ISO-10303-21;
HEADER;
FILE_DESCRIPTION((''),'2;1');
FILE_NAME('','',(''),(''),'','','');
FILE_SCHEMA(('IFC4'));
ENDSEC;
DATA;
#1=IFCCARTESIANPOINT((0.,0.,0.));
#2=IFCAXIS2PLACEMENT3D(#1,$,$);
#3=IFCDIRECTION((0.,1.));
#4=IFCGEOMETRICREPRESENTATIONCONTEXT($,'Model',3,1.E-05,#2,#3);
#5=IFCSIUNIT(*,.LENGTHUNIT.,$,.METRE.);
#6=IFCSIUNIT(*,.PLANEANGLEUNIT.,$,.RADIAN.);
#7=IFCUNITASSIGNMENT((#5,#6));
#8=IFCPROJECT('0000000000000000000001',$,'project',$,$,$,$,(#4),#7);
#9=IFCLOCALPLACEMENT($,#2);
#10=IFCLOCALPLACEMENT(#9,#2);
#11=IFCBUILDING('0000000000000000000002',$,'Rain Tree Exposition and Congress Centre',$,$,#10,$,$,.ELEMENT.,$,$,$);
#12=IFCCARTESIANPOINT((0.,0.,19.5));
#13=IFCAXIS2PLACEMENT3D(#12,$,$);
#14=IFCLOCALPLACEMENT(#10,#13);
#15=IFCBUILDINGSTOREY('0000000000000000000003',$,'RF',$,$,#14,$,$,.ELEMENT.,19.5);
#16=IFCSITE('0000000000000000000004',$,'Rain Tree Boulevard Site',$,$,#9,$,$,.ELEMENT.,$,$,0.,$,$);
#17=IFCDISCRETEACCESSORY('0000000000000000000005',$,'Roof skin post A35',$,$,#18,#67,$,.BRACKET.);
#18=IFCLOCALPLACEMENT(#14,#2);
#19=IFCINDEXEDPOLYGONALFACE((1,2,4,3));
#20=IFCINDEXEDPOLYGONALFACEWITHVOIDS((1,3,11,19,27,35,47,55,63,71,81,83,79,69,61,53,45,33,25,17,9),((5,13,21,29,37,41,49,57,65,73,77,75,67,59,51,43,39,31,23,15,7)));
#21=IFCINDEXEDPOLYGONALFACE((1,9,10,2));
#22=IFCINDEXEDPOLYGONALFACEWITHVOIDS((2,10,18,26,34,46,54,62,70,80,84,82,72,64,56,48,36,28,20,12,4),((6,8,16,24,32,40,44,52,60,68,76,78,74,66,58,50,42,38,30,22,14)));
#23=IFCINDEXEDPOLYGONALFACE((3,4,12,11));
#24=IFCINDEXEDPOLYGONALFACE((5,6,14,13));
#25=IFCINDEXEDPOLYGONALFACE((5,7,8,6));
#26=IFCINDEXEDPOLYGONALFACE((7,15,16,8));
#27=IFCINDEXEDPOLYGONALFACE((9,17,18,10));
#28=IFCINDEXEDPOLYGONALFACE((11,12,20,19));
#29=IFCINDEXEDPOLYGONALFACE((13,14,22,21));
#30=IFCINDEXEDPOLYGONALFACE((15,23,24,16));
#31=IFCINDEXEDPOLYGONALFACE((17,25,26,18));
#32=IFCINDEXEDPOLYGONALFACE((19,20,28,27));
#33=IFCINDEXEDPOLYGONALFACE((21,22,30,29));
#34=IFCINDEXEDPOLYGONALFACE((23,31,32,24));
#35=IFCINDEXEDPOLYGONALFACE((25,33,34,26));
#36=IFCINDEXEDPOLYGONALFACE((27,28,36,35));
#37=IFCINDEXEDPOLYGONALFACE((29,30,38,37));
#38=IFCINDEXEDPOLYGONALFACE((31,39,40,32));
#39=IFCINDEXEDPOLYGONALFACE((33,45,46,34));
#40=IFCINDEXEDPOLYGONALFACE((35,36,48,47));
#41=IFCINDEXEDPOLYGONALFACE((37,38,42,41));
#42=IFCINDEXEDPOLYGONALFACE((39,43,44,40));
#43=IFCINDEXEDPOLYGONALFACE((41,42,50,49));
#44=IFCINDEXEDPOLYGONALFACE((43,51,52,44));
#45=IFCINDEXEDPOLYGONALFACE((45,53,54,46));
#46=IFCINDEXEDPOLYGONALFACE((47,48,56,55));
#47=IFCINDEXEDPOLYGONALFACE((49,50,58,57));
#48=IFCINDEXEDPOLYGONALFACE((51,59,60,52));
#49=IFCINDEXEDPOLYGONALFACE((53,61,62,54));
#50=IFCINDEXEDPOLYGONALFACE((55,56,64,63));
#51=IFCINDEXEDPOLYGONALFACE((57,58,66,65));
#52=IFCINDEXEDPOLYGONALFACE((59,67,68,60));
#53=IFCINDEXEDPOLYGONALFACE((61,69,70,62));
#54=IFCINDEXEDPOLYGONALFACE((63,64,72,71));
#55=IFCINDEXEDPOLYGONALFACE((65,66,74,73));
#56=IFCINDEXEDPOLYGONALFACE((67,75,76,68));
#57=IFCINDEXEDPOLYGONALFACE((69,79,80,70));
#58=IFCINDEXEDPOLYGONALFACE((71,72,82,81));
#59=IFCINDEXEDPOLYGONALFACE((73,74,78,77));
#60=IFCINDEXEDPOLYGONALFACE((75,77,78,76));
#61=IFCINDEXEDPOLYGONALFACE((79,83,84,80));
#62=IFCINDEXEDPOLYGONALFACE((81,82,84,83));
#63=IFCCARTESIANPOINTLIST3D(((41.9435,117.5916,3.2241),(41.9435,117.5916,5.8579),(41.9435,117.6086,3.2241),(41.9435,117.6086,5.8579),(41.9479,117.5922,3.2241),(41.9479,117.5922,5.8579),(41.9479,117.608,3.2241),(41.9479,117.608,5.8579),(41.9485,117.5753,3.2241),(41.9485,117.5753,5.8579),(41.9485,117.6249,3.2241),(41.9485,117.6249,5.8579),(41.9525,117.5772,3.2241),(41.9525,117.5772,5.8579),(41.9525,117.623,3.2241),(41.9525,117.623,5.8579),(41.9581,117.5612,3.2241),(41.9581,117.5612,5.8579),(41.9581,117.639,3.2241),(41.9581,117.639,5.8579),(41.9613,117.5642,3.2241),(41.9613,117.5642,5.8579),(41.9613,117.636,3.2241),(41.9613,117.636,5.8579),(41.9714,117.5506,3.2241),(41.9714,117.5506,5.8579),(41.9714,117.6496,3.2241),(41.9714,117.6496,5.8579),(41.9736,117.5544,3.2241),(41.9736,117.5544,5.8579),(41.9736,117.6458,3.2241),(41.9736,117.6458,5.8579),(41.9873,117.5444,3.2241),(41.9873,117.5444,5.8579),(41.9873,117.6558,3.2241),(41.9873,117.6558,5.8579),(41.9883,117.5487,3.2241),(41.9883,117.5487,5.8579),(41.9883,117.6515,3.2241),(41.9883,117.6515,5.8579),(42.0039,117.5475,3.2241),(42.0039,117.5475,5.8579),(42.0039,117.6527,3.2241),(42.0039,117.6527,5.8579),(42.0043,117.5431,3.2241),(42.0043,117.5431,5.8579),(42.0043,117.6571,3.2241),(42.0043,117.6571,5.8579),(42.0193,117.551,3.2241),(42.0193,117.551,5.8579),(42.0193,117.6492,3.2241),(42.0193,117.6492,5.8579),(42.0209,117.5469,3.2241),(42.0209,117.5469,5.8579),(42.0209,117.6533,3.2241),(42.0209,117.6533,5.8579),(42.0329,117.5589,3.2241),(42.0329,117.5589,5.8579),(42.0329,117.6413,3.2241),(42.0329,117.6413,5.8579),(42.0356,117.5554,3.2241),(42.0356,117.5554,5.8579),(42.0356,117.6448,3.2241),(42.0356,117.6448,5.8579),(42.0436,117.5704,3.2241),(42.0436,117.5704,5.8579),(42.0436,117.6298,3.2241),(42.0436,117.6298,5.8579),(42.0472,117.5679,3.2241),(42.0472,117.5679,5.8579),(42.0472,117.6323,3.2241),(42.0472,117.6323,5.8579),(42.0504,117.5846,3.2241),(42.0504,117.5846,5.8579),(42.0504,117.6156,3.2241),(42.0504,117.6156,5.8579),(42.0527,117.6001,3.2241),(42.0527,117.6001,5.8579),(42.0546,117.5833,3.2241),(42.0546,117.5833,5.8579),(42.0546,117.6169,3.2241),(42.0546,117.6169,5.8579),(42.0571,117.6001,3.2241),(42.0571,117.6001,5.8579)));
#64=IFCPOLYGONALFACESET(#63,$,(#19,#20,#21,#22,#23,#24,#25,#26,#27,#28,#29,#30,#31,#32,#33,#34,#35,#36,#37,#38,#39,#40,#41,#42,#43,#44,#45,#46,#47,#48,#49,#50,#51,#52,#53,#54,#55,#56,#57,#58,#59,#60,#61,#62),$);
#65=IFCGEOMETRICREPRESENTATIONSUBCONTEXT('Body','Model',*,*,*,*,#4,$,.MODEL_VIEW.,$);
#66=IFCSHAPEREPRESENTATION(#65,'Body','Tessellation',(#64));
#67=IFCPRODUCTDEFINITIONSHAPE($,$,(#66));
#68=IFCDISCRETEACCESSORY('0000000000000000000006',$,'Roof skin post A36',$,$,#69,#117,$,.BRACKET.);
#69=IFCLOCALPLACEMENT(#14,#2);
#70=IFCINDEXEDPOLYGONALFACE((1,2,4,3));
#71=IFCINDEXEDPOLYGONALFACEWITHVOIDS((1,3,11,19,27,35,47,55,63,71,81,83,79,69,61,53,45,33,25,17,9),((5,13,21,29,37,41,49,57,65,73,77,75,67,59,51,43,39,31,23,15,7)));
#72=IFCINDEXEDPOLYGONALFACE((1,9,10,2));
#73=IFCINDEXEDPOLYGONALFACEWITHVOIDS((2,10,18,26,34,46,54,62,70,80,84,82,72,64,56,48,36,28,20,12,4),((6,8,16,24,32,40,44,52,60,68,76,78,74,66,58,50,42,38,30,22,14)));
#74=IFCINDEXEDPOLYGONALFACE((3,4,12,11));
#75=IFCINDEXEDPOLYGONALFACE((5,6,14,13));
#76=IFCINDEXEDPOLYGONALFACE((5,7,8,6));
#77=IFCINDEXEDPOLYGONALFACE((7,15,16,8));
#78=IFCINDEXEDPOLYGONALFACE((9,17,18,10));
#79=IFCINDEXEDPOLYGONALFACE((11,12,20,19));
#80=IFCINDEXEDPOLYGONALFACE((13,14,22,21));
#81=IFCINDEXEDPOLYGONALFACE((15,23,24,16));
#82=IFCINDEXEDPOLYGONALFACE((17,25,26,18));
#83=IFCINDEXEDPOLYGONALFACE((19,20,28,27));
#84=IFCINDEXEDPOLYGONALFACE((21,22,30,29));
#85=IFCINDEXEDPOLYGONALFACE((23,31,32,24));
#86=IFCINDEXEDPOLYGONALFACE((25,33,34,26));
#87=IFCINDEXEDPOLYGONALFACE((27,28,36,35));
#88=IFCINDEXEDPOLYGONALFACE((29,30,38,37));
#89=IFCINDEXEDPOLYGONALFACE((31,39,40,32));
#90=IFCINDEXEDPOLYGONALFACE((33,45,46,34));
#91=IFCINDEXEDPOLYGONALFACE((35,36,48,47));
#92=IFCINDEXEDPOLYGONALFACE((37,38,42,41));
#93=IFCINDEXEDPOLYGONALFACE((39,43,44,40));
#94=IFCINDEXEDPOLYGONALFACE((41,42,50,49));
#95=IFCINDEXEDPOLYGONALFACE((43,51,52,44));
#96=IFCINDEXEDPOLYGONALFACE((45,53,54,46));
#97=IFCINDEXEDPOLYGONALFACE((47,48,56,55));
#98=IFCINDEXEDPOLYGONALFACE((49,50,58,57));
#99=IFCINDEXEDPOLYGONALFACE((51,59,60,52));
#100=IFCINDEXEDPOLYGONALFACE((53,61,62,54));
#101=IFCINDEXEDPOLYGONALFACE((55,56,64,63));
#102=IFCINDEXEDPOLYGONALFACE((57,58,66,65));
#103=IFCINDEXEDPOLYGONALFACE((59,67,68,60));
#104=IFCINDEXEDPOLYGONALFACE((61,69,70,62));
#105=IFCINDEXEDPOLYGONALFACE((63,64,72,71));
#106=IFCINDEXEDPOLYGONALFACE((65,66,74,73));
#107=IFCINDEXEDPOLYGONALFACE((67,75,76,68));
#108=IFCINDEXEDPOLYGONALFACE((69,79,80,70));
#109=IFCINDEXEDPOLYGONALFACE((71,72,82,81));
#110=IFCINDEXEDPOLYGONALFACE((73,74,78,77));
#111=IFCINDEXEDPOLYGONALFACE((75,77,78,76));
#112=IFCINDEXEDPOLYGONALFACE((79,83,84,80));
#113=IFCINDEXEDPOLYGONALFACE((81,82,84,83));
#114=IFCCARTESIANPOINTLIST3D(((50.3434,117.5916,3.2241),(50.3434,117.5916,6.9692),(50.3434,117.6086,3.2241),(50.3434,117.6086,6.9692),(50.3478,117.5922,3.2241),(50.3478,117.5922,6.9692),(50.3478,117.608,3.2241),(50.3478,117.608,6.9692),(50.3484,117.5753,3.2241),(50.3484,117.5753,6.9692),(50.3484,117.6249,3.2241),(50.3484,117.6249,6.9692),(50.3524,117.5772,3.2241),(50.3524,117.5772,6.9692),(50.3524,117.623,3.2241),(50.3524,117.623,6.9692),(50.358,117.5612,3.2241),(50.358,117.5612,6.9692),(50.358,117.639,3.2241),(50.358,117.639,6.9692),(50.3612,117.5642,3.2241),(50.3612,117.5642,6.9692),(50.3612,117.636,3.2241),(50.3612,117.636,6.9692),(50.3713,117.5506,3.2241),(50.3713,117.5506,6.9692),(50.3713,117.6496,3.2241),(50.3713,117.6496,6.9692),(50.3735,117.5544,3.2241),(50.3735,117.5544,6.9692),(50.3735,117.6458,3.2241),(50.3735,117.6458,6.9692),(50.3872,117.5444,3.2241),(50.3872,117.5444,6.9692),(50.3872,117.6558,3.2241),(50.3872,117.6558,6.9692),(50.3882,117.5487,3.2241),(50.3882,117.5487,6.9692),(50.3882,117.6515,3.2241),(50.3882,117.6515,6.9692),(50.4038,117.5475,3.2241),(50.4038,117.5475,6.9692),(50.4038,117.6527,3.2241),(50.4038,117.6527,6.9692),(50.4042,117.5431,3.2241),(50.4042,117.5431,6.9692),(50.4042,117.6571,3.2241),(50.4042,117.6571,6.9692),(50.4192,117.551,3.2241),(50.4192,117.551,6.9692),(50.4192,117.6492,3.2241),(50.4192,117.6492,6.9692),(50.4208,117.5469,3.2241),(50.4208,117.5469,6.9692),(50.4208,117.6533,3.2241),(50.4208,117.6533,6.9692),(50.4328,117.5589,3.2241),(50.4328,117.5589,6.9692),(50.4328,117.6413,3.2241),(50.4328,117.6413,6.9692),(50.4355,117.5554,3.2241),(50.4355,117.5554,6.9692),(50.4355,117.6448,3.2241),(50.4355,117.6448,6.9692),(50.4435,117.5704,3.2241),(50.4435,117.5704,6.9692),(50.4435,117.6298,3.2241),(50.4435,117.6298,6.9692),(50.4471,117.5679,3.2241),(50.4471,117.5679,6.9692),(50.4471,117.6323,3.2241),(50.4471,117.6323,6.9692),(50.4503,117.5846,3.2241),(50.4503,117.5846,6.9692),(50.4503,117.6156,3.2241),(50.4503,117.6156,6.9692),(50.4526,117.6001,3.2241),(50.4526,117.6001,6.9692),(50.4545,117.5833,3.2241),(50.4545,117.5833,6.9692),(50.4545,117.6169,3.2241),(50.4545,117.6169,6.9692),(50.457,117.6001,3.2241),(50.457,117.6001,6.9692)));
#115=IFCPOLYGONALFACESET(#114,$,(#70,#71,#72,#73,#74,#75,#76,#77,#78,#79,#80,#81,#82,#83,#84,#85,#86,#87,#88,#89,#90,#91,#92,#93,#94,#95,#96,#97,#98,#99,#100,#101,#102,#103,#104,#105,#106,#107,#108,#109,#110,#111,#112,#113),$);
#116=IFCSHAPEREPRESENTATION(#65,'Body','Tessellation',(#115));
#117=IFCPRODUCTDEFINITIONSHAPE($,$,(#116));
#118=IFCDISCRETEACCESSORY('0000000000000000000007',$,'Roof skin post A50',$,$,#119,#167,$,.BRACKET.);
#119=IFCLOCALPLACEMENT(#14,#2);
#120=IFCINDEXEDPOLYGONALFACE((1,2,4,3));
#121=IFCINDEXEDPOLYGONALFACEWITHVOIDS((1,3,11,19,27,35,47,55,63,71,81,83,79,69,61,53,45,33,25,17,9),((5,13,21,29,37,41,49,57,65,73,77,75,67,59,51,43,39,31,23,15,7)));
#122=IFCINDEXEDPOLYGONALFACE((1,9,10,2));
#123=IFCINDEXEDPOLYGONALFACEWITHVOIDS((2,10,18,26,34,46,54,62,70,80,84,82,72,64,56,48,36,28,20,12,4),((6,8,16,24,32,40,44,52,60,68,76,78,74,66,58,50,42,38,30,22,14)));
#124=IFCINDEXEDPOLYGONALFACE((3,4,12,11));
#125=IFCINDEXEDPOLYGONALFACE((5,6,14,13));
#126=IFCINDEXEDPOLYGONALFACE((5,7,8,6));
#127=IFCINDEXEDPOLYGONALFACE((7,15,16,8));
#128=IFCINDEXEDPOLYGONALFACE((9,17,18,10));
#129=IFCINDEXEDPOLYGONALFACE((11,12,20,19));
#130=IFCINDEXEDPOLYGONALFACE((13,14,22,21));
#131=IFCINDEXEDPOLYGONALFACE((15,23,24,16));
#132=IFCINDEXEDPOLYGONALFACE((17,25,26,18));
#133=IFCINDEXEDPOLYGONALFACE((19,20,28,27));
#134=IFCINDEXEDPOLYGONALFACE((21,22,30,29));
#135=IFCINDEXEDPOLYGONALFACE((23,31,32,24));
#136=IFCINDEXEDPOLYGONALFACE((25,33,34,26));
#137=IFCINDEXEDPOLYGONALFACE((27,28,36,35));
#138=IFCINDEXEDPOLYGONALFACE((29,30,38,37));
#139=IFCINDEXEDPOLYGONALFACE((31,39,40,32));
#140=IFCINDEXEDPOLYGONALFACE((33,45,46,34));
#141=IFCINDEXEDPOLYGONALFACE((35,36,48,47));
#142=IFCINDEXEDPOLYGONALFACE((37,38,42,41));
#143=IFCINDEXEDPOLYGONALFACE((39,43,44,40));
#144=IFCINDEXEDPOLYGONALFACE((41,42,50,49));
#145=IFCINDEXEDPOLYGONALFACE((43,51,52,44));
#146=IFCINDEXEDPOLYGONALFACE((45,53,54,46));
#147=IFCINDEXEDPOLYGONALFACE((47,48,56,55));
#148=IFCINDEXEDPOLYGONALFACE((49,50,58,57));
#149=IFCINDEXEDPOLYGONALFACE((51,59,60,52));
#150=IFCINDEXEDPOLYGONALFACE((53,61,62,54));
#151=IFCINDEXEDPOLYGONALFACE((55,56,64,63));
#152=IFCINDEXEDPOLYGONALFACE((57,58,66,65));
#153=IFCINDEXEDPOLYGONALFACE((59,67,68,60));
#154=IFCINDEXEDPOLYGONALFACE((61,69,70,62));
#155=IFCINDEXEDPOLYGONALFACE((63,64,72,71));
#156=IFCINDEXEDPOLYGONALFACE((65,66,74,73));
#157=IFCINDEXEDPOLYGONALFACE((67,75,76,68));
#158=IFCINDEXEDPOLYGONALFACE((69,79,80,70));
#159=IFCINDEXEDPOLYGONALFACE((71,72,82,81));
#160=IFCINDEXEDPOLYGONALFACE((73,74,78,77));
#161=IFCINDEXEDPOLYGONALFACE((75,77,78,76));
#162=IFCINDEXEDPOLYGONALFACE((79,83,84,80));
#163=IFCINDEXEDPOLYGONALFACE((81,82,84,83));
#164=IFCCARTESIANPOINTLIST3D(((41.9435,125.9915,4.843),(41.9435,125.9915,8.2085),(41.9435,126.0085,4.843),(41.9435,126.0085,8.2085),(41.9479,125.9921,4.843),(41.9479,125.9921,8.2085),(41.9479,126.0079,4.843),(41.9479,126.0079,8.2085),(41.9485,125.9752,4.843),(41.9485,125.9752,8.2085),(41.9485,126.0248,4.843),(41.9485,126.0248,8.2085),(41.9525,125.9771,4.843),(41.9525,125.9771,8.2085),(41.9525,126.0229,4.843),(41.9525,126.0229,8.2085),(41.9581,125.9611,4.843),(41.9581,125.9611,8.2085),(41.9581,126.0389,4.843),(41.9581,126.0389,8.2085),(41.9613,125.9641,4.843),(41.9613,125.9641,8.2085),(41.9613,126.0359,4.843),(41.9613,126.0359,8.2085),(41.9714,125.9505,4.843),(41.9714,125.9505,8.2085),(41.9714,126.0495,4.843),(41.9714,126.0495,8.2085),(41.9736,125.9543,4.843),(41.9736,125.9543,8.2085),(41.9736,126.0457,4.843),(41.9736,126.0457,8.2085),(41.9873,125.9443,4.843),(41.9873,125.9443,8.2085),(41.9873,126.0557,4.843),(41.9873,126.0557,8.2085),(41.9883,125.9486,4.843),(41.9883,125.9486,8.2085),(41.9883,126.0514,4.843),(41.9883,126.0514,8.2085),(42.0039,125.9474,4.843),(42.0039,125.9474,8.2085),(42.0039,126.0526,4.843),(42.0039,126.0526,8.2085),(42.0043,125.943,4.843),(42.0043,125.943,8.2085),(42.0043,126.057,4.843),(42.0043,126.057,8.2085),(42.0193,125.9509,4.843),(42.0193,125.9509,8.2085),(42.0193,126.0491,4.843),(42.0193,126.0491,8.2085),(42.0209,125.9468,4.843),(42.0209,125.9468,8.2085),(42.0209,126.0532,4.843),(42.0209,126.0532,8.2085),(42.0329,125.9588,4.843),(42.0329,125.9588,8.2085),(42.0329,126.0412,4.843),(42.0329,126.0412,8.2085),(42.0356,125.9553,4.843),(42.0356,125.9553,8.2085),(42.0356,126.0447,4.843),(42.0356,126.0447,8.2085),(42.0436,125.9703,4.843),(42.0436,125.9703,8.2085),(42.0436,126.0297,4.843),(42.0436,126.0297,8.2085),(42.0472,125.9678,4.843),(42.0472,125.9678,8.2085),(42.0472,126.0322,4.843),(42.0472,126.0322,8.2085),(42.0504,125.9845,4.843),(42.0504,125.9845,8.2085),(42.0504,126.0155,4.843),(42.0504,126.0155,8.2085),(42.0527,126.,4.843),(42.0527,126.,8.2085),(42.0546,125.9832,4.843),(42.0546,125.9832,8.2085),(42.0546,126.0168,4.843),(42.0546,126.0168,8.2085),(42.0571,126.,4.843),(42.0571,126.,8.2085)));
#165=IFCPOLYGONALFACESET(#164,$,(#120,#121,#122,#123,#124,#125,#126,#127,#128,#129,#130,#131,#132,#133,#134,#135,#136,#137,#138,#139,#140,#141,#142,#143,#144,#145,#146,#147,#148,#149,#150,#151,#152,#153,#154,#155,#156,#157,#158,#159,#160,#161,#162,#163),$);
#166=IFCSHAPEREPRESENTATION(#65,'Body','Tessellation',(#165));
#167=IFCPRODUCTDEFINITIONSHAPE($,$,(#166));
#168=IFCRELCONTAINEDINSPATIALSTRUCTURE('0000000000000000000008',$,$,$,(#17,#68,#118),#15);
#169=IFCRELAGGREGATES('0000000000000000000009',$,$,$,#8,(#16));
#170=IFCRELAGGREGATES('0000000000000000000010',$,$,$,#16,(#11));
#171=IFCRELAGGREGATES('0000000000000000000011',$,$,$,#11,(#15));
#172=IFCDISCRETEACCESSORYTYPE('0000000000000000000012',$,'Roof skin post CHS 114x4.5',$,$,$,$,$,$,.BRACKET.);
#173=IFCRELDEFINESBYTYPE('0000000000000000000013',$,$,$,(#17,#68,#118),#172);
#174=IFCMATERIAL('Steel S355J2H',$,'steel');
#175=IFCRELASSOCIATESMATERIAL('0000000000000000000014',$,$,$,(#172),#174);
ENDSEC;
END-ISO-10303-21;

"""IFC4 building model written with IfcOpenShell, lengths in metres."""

from ifc_helpers import new_model, si_unit, direction, frame, origin, origin_2d, place, context, subcontext, project, spatial, hollow_circle, extrude, material, material_profile, profile_set, type_object, element, save


model = new_model("IFC4")

# Units and contexts
model_context = context("Model", 3, precision=1e-05, world=origin(), true_north=direction((0.0, 1.0)))
body_context = subcontext(model_context, "Body", "Model", "MODEL_VIEW")
ifc_project = project(units=[si_unit("LENGTHUNIT", "METRE"), si_unit("PLANEANGLEUNIT", "RADIAN")], contexts=[model_context])

# Site, building, storey
site_placement = place(None, origin())
site = spatial("IfcSite", under=ifc_project, at=site_placement, Name="Rain Tree Boulevard Site", CompositionType="ELEMENT", RefElevation=0.0)
building_placement = place(site_placement, origin())
building = spatial("IfcBuilding", under=site, at=building_placement, Name="Rain Tree Exposition and Congress Centre", CompositionType="ELEMENT")
storey_placement = place(building_placement, frame((0.0, 0.0, 19.5)))
storey = spatial("IfcBuildingStorey", under=building, at=storey_placement, Name="RF", CompositionType="ELEMENT", Elevation=19.5)

# Discrete accessories
ifc_material_1 = material(Name="Steel S355J2H", Category="steel")
ifc_material_profile_1 = material_profile(ifc_material_1, hollow_circle(Radius=0.0571, WallThickness=0.0044, at=origin_2d()), Name="CHS 114x4.5")
ifc_profile_set_1 = profile_set([ifc_material_profile_1], Name="Steel S355J2H")
discrete_accessory_type_1 = type_object("IfcDiscreteAccessoryType", Name="Roof skin post CHS 114x4.5", PredefinedType="BRACKET", material=ifc_profile_set_1)
discrete_accessory_1_placement = place(storey_placement, frame((42.0, 117.6001, 3.2241), z_axis=(0.0, 0.0, 1.0), x_axis=(1.0, 0.0, 0.0)))
element("IfcDiscreteAccessory", 1, at=discrete_accessory_1_placement, inside=storey, type_object=discrete_accessory_type_1, Name="Roof skin post A35", PredefinedType="BRACKET", context=body_context, shape_type="SweptSolid", body=[
    extrude(hollow_circle(Radius=0.0571, WallThickness=0.0044, at=origin_2d()), origin(), (0.0, 0.0, 1.0), 2.6338),
])
discrete_accessory_2_placement = place(storey_placement, frame((50.3999, 117.6001, 3.2241), z_axis=(0.0, 0.0, 1.0), x_axis=(1.0, 0.0, 0.0)))
element("IfcDiscreteAccessory", 2, at=discrete_accessory_2_placement, inside=storey, type_object=discrete_accessory_type_1, Name="Roof skin post A36", PredefinedType="BRACKET", context=body_context, shape_type="SweptSolid", body=[
    extrude(hollow_circle(Radius=0.0571, WallThickness=0.0044, at=origin_2d()), origin(), (0.0, 0.0, 1.0), 3.7451),
])
discrete_accessory_3_placement = place(storey_placement, frame((42.0, 126.0, 4.843), z_axis=(0.0, 0.0, 1.0), x_axis=(1.0, 0.0, 0.0)))
element("IfcDiscreteAccessory", 3, at=discrete_accessory_3_placement, inside=storey, type_object=discrete_accessory_type_1, Name="Roof skin post A50", PredefinedType="BRACKET", context=body_context, shape_type="SweptSolid", body=[
    extrude(hollow_circle(Radius=0.0571, WallThickness=0.0044, at=origin_2d()), origin(), (0.0, 0.0, 1.0), 3.3655),
])

save(model, "model.ifc")
